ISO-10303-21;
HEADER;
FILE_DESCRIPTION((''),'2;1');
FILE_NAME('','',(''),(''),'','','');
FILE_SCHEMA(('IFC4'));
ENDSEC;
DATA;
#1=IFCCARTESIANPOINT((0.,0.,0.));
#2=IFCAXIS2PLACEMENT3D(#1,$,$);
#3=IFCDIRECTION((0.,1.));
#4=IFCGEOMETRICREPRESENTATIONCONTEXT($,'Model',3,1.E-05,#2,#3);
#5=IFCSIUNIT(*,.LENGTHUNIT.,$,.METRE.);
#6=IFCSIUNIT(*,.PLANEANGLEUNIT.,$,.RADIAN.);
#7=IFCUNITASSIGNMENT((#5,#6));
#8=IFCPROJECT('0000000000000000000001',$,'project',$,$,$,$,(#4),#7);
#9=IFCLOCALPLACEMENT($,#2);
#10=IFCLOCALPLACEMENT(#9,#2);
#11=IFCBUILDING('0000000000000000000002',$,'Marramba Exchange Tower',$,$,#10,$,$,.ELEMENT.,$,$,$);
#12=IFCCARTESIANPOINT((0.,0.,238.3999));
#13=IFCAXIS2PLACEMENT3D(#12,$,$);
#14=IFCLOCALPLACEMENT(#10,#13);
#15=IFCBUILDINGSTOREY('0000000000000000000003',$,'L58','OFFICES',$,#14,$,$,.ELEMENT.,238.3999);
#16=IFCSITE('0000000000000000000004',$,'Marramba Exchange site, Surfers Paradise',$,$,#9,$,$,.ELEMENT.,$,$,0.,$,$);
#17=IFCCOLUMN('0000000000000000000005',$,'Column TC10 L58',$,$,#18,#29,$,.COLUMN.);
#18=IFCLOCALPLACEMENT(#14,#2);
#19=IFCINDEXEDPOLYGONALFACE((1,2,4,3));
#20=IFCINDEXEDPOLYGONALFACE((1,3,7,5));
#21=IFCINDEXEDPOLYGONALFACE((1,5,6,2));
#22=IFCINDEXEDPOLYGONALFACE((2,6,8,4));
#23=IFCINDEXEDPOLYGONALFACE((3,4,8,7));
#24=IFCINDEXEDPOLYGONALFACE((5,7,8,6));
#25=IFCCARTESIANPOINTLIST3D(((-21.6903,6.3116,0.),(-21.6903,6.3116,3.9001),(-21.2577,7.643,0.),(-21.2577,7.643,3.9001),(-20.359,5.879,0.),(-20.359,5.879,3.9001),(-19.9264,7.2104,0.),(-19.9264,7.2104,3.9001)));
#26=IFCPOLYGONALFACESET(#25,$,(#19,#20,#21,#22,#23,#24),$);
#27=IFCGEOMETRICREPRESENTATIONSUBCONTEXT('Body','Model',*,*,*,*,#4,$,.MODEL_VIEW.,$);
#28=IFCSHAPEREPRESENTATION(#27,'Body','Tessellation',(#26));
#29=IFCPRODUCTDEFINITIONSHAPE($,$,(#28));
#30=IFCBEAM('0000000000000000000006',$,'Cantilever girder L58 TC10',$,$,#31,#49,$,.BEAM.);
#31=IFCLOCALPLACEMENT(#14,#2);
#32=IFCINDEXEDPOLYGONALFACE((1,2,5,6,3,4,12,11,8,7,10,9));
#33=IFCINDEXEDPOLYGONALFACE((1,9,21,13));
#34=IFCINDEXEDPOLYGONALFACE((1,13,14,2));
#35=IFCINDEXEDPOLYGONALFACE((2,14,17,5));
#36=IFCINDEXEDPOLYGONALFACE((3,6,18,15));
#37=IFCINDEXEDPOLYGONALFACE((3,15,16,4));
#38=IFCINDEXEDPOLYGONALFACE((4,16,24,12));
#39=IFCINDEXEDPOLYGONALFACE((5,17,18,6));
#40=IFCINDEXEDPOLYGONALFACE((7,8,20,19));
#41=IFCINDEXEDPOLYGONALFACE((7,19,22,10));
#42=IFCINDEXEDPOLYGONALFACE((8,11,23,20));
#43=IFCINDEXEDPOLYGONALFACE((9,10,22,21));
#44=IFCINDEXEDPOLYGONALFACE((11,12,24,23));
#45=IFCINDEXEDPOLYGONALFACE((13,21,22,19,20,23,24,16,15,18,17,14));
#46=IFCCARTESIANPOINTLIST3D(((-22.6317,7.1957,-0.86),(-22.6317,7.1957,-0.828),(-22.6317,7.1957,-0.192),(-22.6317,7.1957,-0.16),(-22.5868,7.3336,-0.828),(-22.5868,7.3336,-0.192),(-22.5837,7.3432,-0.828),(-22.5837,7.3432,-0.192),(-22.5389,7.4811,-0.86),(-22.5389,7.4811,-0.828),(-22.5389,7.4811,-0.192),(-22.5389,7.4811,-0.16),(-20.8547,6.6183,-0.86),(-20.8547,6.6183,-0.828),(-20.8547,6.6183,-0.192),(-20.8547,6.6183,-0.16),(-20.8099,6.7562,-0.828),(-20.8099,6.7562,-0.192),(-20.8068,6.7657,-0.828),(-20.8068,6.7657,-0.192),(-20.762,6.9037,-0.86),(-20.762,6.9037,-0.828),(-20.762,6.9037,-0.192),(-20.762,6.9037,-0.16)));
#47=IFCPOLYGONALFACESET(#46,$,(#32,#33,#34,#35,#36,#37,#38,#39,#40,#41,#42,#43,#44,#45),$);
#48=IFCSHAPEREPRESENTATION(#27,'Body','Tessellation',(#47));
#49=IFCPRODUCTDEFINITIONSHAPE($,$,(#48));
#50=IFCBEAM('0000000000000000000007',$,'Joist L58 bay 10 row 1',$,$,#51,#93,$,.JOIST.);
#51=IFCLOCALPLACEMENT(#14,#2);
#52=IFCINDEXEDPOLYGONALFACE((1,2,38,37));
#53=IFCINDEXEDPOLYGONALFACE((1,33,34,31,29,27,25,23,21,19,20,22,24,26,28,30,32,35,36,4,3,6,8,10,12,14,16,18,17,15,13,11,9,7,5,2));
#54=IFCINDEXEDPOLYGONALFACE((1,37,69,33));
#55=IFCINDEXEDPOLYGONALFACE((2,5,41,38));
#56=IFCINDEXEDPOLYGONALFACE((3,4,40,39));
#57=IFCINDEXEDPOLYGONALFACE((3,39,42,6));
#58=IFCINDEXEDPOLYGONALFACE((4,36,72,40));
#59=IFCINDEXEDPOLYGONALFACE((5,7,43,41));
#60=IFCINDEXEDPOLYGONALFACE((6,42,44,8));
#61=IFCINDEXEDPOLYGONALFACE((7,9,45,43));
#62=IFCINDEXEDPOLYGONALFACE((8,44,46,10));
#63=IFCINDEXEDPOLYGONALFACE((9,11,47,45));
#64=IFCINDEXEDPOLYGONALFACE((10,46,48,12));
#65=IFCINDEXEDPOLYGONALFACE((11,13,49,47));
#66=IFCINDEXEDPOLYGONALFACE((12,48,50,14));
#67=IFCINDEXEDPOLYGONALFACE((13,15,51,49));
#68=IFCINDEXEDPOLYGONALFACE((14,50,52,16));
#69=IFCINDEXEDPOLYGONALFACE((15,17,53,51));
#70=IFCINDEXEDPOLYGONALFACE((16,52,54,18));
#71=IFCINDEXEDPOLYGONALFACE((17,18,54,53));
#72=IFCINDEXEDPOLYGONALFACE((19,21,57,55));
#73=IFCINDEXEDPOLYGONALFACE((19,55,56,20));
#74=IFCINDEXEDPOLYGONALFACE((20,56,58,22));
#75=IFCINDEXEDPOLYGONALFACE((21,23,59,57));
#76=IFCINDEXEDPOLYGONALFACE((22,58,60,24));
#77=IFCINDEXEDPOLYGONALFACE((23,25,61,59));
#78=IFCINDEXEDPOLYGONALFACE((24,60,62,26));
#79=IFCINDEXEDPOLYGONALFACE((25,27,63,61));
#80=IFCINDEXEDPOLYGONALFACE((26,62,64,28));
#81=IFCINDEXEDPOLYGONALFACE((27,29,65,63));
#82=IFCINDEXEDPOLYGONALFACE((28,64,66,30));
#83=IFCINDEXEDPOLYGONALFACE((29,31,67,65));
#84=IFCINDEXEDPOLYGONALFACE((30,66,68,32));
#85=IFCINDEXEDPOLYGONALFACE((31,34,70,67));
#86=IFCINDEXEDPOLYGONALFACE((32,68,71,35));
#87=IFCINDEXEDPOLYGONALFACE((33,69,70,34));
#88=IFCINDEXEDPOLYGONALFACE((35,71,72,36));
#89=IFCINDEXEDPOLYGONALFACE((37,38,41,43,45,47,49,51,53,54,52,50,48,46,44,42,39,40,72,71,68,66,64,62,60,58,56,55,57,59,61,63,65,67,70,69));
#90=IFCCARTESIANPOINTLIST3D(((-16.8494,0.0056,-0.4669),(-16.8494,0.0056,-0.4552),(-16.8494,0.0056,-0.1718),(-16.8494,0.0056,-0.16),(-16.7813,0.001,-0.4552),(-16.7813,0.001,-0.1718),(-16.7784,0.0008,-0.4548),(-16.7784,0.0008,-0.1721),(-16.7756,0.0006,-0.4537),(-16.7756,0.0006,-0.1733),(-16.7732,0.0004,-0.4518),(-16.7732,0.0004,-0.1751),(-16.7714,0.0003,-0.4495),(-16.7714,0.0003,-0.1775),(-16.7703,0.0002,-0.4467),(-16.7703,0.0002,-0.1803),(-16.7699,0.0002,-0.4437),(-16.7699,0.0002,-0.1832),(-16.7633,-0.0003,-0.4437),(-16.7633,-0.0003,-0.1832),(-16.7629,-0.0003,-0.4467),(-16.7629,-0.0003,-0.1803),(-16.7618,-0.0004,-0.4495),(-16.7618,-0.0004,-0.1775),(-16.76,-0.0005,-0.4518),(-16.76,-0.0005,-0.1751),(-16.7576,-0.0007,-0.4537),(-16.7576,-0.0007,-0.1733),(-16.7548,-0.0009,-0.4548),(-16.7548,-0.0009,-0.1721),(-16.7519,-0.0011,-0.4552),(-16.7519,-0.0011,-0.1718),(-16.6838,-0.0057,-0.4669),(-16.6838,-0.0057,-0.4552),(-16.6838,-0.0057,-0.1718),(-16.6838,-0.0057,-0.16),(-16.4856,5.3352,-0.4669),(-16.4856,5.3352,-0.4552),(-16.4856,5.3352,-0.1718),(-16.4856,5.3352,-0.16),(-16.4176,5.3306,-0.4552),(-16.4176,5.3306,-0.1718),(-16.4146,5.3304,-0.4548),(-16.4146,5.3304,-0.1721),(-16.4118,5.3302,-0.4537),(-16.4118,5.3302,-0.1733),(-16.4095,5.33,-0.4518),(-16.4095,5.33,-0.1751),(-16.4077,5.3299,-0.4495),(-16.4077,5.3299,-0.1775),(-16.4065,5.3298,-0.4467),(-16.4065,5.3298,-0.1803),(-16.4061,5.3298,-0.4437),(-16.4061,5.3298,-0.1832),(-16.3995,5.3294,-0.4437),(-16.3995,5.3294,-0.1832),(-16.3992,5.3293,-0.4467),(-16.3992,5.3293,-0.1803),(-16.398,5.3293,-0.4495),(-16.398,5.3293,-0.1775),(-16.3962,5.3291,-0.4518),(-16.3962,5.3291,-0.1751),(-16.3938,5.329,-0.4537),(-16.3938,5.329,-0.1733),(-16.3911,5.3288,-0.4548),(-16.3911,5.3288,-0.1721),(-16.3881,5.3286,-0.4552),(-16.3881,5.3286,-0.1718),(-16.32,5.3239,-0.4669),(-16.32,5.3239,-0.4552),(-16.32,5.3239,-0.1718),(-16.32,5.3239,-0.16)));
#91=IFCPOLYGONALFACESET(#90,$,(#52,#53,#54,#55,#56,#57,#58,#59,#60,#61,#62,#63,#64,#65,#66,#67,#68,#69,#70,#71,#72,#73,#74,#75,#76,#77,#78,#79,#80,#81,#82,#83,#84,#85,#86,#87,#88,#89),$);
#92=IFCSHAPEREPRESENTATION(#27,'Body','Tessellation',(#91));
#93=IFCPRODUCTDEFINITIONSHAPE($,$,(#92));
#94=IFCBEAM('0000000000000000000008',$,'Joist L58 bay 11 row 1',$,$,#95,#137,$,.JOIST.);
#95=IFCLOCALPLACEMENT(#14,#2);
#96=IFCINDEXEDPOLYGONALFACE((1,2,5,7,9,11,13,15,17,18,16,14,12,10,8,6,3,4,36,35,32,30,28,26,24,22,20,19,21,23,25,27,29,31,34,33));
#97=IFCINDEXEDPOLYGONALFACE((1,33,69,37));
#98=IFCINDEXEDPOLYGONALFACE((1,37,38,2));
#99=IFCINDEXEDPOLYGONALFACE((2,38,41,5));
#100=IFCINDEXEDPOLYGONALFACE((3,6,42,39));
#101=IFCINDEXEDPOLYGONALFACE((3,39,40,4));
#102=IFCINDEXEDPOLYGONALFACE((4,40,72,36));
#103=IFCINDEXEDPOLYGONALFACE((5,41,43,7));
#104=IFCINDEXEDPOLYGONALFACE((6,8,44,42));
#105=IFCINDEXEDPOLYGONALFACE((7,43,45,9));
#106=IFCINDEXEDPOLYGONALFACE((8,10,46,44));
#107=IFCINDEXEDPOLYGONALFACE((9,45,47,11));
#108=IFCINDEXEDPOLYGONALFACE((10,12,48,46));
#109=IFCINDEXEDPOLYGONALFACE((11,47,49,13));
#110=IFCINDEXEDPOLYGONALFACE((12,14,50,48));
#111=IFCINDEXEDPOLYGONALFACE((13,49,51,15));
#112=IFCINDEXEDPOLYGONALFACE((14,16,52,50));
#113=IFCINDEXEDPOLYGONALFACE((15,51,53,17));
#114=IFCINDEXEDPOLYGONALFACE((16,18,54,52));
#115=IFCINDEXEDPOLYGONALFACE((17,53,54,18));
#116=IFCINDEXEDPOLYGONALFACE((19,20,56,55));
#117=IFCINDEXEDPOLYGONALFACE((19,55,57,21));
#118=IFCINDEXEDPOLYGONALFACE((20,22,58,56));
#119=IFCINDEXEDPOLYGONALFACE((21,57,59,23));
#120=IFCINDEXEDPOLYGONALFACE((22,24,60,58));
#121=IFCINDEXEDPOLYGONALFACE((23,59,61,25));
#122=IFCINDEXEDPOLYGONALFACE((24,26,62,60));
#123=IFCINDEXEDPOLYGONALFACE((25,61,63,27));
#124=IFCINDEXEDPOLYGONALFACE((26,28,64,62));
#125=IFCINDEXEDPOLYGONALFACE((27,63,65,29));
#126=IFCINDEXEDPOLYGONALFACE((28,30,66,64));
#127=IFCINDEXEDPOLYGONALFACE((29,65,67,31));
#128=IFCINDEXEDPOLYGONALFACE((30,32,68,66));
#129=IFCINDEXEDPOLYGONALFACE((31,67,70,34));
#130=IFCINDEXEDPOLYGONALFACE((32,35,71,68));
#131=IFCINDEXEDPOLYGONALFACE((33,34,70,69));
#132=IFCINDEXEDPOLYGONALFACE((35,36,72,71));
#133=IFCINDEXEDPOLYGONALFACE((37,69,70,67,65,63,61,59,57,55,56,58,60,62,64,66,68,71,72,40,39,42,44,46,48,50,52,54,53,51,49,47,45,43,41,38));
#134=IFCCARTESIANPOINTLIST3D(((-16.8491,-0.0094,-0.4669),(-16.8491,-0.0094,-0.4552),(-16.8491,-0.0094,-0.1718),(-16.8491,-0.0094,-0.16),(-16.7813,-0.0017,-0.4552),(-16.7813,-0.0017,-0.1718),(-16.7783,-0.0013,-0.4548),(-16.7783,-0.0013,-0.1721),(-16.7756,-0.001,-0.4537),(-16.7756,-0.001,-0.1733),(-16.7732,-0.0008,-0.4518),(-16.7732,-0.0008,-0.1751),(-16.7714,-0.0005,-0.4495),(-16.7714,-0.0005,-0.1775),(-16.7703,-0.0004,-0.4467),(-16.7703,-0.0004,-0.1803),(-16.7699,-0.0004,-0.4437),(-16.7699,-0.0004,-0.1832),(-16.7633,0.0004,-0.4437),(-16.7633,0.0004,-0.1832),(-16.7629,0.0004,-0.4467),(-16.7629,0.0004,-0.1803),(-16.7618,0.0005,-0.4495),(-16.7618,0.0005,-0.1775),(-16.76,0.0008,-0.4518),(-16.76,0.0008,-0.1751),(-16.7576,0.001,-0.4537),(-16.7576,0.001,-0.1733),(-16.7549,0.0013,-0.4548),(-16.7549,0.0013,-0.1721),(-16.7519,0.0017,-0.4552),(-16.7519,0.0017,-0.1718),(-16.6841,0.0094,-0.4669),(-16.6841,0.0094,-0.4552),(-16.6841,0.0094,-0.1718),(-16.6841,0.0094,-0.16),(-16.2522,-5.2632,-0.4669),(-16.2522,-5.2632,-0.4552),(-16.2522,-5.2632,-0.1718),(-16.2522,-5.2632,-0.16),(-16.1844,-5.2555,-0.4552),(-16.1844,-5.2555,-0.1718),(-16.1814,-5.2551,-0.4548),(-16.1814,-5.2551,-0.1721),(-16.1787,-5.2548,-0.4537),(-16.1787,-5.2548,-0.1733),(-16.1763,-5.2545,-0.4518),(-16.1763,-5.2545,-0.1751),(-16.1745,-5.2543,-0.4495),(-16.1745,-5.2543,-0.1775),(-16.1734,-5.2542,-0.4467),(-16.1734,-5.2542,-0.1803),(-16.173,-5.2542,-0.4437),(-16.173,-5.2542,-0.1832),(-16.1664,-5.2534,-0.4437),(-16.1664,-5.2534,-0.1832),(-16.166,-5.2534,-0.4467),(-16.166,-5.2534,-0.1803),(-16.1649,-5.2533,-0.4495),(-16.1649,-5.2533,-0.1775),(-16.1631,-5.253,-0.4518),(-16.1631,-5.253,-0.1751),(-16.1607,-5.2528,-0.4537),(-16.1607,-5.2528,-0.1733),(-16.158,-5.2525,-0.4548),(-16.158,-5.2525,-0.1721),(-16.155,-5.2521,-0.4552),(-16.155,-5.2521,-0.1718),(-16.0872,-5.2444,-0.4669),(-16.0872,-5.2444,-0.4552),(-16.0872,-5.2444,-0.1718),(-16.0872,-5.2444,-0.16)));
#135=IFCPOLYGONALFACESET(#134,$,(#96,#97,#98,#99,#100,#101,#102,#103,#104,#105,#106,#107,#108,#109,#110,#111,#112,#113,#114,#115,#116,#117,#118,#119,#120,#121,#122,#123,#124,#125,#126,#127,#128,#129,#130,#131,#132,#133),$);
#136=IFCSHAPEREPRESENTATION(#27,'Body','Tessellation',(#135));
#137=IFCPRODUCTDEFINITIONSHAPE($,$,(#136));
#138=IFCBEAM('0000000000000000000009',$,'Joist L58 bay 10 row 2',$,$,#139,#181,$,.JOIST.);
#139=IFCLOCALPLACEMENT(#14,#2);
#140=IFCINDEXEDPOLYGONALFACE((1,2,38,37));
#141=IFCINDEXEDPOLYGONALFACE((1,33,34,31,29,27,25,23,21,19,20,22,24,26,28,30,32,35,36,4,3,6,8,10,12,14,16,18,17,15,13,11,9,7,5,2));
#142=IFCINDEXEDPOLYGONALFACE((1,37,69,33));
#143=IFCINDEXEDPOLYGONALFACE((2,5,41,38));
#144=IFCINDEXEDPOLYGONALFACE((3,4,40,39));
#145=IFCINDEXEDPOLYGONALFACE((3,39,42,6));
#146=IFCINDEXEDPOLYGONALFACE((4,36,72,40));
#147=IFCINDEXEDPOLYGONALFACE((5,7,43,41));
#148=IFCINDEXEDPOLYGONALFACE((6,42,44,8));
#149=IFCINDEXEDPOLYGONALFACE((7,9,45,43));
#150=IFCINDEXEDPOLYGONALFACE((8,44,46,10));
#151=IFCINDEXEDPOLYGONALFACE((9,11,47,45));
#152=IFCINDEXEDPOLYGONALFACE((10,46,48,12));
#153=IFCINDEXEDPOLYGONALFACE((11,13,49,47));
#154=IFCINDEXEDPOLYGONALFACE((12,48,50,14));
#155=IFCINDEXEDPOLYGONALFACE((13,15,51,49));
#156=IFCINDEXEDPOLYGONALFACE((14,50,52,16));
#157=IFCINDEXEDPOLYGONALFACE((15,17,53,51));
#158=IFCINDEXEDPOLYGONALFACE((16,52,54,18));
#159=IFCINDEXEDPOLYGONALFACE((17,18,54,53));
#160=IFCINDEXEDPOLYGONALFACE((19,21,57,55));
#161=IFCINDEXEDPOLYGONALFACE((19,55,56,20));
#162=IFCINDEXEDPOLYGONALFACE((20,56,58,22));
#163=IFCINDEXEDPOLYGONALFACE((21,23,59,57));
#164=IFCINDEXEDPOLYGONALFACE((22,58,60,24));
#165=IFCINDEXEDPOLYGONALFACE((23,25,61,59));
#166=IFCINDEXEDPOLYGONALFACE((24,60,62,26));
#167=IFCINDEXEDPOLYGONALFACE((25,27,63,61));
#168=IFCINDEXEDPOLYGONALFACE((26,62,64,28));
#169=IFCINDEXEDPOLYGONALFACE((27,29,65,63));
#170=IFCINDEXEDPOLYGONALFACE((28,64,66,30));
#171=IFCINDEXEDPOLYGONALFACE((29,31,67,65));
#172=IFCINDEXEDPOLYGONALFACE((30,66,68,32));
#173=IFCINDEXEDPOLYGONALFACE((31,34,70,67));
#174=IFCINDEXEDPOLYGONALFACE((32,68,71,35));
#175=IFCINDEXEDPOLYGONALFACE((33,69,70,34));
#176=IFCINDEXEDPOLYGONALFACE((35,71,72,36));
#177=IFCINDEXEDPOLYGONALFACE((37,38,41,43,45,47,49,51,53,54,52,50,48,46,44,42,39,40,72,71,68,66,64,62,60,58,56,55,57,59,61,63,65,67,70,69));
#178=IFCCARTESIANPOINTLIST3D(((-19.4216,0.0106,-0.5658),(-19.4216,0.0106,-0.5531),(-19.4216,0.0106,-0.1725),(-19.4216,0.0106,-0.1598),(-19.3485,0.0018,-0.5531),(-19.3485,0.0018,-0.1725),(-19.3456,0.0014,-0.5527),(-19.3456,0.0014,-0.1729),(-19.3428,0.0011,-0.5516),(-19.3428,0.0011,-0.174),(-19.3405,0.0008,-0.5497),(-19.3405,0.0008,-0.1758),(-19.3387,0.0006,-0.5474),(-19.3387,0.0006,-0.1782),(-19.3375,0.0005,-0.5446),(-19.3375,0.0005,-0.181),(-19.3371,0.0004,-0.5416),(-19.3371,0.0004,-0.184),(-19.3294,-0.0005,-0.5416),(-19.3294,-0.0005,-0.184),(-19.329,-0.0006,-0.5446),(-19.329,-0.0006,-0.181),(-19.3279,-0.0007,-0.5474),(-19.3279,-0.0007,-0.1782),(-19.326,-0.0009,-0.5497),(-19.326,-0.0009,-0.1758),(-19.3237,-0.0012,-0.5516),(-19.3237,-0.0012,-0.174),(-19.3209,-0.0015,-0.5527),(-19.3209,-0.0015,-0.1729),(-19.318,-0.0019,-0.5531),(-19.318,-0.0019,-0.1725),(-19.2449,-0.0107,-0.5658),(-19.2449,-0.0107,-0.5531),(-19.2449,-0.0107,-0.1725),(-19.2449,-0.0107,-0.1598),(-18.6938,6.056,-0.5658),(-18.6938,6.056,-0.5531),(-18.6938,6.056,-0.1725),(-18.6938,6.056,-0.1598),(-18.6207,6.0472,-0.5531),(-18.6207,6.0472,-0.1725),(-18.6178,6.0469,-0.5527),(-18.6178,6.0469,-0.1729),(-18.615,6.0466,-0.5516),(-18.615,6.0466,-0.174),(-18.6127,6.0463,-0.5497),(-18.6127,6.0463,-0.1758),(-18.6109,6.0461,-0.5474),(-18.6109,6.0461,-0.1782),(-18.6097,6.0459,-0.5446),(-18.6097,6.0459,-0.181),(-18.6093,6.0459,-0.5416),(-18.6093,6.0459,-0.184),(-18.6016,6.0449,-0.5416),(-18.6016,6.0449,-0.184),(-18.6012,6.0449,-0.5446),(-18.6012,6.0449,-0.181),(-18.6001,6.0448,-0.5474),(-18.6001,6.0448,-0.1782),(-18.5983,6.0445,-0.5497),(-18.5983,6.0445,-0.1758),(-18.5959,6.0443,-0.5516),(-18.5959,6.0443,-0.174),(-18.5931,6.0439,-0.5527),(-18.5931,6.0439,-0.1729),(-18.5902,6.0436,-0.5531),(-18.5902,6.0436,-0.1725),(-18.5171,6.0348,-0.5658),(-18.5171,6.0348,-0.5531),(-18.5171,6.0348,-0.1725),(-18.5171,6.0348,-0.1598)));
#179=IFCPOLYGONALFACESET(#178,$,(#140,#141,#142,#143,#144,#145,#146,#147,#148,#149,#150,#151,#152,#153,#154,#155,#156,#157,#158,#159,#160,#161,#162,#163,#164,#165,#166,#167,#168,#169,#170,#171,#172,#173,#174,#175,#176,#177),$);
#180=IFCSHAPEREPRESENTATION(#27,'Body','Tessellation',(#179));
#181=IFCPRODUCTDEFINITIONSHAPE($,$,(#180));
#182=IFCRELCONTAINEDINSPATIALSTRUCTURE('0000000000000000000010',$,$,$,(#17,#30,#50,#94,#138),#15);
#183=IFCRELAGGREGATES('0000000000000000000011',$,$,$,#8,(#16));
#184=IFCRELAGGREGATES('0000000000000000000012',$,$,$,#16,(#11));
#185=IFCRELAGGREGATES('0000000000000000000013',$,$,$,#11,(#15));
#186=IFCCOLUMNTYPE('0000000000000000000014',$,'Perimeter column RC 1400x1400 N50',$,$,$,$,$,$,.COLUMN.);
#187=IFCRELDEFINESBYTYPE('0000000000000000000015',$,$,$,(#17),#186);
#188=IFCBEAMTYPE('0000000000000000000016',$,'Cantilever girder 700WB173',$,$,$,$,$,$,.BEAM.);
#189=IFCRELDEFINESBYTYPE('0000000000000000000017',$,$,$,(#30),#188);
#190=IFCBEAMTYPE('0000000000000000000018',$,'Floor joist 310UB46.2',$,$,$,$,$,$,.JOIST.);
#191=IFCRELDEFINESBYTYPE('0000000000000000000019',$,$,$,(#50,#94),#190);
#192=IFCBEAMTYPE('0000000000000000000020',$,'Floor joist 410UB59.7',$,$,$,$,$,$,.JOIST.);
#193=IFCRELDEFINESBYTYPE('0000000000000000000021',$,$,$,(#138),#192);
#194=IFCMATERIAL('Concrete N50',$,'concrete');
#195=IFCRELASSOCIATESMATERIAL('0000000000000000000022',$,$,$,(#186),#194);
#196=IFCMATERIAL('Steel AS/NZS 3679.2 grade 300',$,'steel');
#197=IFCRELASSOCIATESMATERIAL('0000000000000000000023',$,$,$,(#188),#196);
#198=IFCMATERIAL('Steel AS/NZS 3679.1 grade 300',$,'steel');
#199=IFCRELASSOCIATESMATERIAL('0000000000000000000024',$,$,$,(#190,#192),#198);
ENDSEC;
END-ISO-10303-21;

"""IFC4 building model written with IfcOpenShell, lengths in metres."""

from ifc_helpers import new_model, si_unit, direction, frame, origin, origin_2d, place, context, subcontext, project, spatial, rectangle, i_section, extrude, material, material_profile, profile_set, type_object, element, save


model = new_model("IFC4")

# Units and contexts
model_context = context("Model", 3, precision=1e-05, world=origin(), true_north=direction((0.0, 1.0)))
body_context = subcontext(model_context, "Body", "Model", "MODEL_VIEW")
ifc_project = project(units=[si_unit("LENGTHUNIT", "METRE"), si_unit("PLANEANGLEUNIT", "RADIAN")], contexts=[model_context])

# Site, building, storey
site_placement = place(None, origin())
site = spatial("IfcSite", under=ifc_project, at=site_placement, Name="Marramba Exchange site, Surfers Paradise", CompositionType="ELEMENT", RefElevation=0.0)
building_placement = place(site_placement, origin())
building = spatial("IfcBuilding", under=site, at=building_placement, Name="Marramba Exchange Tower", CompositionType="ELEMENT")
storey_placement = place(building_placement, frame((0.0, 0.0, 238.3999)))
storey = spatial("IfcBuildingStorey", under=building, at=storey_placement, Name="L58", Description="OFFICES", CompositionType="ELEMENT", Elevation=238.3999)

# Column
ifc_material_1 = material(Name="Concrete N50", Category="concrete")
ifc_material_profile_1 = material_profile(ifc_material_1, rectangle(XDim=1.3999, YDim=1.3999, at=origin_2d()), Name="RC 1400x1400")
ifc_profile_set_1 = profile_set([ifc_material_profile_1], Name="Concrete N50")
column_type = type_object("IfcColumnType", Name="Perimeter column RC 1400x1400 N50", PredefinedType="COLUMN", material=ifc_profile_set_1)
column_placement = place(storey_placement, frame((-20.8083, 6.761, 0.0), z_axis=(0.0, 0.0, 1.0), x_axis=(-0.951057, 0.309017, 0.0)))
element("IfcColumn", 1, at=column_placement, inside=storey, type_object=column_type, Name="Column TC10 L58", PredefinedType="COLUMN", context=body_context, shape_type="SweptSolid", body=[
    extrude(rectangle(XDim=1.3999, YDim=1.3999, at=origin_2d()), origin(), (0.0, 0.0, 1.0), 3.9001),
])

# Beams
ifc_material_2 = material(Name="Steel AS/NZS 3679.2 grade 300", Category="steel")
ifc_material_profile_2 = material_profile(ifc_material_2, i_section(OverallWidth=0.3, OverallDepth=0.7, WebThickness=0.01, FlangeThickness=0.032, at=origin_2d()), Name="700WB173")
ifc_profile_set_2 = profile_set([ifc_material_profile_2], Name="Steel AS/NZS 3679.2 grade 300")
beam_type_1 = type_object("IfcBeamType", Name="Cantilever girder 700WB173", PredefinedType="BEAM", material=ifc_profile_set_2)
beam_1_placement = place(storey_placement, frame((-20.8083, 6.761, -0.51), z_axis=(-0.951048, 0.309045, 0.0), x_axis=(-0.309045, -0.951048, 0.0)))
element("IfcBeam", 2, at=beam_1_placement, inside=storey, type_object=beam_type_1, Name="Cantilever girder L58 TC10", PredefinedType="BEAM", context=body_context, shape_type="SweptSolid", body=[
    extrude(i_section(OverallWidth=0.3, OverallDepth=0.7, WebThickness=0.01, FlangeThickness=0.032, at=origin_2d()), origin(), (0.0, 0.0, 1.0), 1.8684),
])
ifc_material_3 = material(Name="Steel AS/NZS 3679.1 grade 300", Category="steel")
ifc_material_profile_3 = material_profile(ifc_material_3, i_section(OverallWidth=0.166, OverallDepth=0.3069, WebThickness=0.0066, FlangeThickness=0.0117, FilletRadius=0.0115, at=origin_2d()), Name="310UB46.2")
ifc_profile_set_3 = profile_set([ifc_material_profile_3], Name="Steel AS/NZS 3679.1 grade 300")
beam_type_2 = type_object("IfcBeamType", Name="Floor joist 310UB46.2", PredefinedType="JOIST", material=ifc_profile_set_3)
beam_2_placement = place(storey_placement, frame((-16.4028, 5.3296, -0.3135), z_axis=(-0.068096, -0.997679, 0.0), x_axis=(0.997679, -0.068096, 0.0)))
element("IfcBeam", 3, at=beam_2_placement, inside=storey, type_object=beam_type_2, Name="Joist L58 bay 10 row 1", PredefinedType="JOIST", context=body_context, shape_type="SweptSolid", body=[
    extrude(i_section(OverallWidth=0.166, OverallDepth=0.3069, WebThickness=0.0066, FlangeThickness=0.0117, FilletRadius=0.0115, at=origin_2d()), origin(), (0.0, 0.0, 1.0), 5.342),
])
beam_3_placement = place(storey_placement, frame((-16.7666, 0.0, -0.3135), z_axis=(0.112889, -0.993608, 0.0), x_axis=(0.993608, 0.112889, 0.0)))
element("IfcBeam", 4, at=beam_3_placement, inside=storey, type_object=beam_type_2, Name="Joist L58 bay 11 row 1", PredefinedType="JOIST", context=body_context, shape_type="SweptSolid", body=[
    extrude(i_section(OverallWidth=0.166, OverallDepth=0.3069, WebThickness=0.0066, FlangeThickness=0.0117, FilletRadius=0.0115, at=origin_2d()), origin(), (0.0, 0.0, 1.0), 5.2876),
])
ifc_material_profile_4 = material_profile(ifc_material_3, i_section(OverallWidth=0.178, OverallDepth=0.406, WebThickness=0.0078, FlangeThickness=0.0127, FilletRadius=0.0115, at=origin_2d()), Name="410UB59.7")
ifc_profile_set_4 = profile_set([ifc_material_profile_4], Name="Steel AS/NZS 3679.1 grade 300")
beam_type_3 = type_object("IfcBeamType", Name="Floor joist 410UB59.7", PredefinedType="JOIST", material=ifc_profile_set_4)
beam_4_placement = place(storey_placement, frame((-18.6055, 6.0454, -0.3628), z_axis=(-0.119523, -0.992831, 0.0), x_axis=(0.992831, -0.119523, 0.0)))
element("IfcBeam", 5, at=beam_4_placement, inside=storey, type_object=beam_type_3, Name="Joist L58 bay 10 row 2", PredefinedType="JOIST", context=body_context, shape_type="SweptSolid", body=[
    extrude(i_section(OverallWidth=0.178, OverallDepth=0.406, WebThickness=0.0078, FlangeThickness=0.0127, FilletRadius=0.0115, at=origin_2d()), origin(), (0.0, 0.0, 1.0), 6.0891),
])

save(model, "model.ifc")
